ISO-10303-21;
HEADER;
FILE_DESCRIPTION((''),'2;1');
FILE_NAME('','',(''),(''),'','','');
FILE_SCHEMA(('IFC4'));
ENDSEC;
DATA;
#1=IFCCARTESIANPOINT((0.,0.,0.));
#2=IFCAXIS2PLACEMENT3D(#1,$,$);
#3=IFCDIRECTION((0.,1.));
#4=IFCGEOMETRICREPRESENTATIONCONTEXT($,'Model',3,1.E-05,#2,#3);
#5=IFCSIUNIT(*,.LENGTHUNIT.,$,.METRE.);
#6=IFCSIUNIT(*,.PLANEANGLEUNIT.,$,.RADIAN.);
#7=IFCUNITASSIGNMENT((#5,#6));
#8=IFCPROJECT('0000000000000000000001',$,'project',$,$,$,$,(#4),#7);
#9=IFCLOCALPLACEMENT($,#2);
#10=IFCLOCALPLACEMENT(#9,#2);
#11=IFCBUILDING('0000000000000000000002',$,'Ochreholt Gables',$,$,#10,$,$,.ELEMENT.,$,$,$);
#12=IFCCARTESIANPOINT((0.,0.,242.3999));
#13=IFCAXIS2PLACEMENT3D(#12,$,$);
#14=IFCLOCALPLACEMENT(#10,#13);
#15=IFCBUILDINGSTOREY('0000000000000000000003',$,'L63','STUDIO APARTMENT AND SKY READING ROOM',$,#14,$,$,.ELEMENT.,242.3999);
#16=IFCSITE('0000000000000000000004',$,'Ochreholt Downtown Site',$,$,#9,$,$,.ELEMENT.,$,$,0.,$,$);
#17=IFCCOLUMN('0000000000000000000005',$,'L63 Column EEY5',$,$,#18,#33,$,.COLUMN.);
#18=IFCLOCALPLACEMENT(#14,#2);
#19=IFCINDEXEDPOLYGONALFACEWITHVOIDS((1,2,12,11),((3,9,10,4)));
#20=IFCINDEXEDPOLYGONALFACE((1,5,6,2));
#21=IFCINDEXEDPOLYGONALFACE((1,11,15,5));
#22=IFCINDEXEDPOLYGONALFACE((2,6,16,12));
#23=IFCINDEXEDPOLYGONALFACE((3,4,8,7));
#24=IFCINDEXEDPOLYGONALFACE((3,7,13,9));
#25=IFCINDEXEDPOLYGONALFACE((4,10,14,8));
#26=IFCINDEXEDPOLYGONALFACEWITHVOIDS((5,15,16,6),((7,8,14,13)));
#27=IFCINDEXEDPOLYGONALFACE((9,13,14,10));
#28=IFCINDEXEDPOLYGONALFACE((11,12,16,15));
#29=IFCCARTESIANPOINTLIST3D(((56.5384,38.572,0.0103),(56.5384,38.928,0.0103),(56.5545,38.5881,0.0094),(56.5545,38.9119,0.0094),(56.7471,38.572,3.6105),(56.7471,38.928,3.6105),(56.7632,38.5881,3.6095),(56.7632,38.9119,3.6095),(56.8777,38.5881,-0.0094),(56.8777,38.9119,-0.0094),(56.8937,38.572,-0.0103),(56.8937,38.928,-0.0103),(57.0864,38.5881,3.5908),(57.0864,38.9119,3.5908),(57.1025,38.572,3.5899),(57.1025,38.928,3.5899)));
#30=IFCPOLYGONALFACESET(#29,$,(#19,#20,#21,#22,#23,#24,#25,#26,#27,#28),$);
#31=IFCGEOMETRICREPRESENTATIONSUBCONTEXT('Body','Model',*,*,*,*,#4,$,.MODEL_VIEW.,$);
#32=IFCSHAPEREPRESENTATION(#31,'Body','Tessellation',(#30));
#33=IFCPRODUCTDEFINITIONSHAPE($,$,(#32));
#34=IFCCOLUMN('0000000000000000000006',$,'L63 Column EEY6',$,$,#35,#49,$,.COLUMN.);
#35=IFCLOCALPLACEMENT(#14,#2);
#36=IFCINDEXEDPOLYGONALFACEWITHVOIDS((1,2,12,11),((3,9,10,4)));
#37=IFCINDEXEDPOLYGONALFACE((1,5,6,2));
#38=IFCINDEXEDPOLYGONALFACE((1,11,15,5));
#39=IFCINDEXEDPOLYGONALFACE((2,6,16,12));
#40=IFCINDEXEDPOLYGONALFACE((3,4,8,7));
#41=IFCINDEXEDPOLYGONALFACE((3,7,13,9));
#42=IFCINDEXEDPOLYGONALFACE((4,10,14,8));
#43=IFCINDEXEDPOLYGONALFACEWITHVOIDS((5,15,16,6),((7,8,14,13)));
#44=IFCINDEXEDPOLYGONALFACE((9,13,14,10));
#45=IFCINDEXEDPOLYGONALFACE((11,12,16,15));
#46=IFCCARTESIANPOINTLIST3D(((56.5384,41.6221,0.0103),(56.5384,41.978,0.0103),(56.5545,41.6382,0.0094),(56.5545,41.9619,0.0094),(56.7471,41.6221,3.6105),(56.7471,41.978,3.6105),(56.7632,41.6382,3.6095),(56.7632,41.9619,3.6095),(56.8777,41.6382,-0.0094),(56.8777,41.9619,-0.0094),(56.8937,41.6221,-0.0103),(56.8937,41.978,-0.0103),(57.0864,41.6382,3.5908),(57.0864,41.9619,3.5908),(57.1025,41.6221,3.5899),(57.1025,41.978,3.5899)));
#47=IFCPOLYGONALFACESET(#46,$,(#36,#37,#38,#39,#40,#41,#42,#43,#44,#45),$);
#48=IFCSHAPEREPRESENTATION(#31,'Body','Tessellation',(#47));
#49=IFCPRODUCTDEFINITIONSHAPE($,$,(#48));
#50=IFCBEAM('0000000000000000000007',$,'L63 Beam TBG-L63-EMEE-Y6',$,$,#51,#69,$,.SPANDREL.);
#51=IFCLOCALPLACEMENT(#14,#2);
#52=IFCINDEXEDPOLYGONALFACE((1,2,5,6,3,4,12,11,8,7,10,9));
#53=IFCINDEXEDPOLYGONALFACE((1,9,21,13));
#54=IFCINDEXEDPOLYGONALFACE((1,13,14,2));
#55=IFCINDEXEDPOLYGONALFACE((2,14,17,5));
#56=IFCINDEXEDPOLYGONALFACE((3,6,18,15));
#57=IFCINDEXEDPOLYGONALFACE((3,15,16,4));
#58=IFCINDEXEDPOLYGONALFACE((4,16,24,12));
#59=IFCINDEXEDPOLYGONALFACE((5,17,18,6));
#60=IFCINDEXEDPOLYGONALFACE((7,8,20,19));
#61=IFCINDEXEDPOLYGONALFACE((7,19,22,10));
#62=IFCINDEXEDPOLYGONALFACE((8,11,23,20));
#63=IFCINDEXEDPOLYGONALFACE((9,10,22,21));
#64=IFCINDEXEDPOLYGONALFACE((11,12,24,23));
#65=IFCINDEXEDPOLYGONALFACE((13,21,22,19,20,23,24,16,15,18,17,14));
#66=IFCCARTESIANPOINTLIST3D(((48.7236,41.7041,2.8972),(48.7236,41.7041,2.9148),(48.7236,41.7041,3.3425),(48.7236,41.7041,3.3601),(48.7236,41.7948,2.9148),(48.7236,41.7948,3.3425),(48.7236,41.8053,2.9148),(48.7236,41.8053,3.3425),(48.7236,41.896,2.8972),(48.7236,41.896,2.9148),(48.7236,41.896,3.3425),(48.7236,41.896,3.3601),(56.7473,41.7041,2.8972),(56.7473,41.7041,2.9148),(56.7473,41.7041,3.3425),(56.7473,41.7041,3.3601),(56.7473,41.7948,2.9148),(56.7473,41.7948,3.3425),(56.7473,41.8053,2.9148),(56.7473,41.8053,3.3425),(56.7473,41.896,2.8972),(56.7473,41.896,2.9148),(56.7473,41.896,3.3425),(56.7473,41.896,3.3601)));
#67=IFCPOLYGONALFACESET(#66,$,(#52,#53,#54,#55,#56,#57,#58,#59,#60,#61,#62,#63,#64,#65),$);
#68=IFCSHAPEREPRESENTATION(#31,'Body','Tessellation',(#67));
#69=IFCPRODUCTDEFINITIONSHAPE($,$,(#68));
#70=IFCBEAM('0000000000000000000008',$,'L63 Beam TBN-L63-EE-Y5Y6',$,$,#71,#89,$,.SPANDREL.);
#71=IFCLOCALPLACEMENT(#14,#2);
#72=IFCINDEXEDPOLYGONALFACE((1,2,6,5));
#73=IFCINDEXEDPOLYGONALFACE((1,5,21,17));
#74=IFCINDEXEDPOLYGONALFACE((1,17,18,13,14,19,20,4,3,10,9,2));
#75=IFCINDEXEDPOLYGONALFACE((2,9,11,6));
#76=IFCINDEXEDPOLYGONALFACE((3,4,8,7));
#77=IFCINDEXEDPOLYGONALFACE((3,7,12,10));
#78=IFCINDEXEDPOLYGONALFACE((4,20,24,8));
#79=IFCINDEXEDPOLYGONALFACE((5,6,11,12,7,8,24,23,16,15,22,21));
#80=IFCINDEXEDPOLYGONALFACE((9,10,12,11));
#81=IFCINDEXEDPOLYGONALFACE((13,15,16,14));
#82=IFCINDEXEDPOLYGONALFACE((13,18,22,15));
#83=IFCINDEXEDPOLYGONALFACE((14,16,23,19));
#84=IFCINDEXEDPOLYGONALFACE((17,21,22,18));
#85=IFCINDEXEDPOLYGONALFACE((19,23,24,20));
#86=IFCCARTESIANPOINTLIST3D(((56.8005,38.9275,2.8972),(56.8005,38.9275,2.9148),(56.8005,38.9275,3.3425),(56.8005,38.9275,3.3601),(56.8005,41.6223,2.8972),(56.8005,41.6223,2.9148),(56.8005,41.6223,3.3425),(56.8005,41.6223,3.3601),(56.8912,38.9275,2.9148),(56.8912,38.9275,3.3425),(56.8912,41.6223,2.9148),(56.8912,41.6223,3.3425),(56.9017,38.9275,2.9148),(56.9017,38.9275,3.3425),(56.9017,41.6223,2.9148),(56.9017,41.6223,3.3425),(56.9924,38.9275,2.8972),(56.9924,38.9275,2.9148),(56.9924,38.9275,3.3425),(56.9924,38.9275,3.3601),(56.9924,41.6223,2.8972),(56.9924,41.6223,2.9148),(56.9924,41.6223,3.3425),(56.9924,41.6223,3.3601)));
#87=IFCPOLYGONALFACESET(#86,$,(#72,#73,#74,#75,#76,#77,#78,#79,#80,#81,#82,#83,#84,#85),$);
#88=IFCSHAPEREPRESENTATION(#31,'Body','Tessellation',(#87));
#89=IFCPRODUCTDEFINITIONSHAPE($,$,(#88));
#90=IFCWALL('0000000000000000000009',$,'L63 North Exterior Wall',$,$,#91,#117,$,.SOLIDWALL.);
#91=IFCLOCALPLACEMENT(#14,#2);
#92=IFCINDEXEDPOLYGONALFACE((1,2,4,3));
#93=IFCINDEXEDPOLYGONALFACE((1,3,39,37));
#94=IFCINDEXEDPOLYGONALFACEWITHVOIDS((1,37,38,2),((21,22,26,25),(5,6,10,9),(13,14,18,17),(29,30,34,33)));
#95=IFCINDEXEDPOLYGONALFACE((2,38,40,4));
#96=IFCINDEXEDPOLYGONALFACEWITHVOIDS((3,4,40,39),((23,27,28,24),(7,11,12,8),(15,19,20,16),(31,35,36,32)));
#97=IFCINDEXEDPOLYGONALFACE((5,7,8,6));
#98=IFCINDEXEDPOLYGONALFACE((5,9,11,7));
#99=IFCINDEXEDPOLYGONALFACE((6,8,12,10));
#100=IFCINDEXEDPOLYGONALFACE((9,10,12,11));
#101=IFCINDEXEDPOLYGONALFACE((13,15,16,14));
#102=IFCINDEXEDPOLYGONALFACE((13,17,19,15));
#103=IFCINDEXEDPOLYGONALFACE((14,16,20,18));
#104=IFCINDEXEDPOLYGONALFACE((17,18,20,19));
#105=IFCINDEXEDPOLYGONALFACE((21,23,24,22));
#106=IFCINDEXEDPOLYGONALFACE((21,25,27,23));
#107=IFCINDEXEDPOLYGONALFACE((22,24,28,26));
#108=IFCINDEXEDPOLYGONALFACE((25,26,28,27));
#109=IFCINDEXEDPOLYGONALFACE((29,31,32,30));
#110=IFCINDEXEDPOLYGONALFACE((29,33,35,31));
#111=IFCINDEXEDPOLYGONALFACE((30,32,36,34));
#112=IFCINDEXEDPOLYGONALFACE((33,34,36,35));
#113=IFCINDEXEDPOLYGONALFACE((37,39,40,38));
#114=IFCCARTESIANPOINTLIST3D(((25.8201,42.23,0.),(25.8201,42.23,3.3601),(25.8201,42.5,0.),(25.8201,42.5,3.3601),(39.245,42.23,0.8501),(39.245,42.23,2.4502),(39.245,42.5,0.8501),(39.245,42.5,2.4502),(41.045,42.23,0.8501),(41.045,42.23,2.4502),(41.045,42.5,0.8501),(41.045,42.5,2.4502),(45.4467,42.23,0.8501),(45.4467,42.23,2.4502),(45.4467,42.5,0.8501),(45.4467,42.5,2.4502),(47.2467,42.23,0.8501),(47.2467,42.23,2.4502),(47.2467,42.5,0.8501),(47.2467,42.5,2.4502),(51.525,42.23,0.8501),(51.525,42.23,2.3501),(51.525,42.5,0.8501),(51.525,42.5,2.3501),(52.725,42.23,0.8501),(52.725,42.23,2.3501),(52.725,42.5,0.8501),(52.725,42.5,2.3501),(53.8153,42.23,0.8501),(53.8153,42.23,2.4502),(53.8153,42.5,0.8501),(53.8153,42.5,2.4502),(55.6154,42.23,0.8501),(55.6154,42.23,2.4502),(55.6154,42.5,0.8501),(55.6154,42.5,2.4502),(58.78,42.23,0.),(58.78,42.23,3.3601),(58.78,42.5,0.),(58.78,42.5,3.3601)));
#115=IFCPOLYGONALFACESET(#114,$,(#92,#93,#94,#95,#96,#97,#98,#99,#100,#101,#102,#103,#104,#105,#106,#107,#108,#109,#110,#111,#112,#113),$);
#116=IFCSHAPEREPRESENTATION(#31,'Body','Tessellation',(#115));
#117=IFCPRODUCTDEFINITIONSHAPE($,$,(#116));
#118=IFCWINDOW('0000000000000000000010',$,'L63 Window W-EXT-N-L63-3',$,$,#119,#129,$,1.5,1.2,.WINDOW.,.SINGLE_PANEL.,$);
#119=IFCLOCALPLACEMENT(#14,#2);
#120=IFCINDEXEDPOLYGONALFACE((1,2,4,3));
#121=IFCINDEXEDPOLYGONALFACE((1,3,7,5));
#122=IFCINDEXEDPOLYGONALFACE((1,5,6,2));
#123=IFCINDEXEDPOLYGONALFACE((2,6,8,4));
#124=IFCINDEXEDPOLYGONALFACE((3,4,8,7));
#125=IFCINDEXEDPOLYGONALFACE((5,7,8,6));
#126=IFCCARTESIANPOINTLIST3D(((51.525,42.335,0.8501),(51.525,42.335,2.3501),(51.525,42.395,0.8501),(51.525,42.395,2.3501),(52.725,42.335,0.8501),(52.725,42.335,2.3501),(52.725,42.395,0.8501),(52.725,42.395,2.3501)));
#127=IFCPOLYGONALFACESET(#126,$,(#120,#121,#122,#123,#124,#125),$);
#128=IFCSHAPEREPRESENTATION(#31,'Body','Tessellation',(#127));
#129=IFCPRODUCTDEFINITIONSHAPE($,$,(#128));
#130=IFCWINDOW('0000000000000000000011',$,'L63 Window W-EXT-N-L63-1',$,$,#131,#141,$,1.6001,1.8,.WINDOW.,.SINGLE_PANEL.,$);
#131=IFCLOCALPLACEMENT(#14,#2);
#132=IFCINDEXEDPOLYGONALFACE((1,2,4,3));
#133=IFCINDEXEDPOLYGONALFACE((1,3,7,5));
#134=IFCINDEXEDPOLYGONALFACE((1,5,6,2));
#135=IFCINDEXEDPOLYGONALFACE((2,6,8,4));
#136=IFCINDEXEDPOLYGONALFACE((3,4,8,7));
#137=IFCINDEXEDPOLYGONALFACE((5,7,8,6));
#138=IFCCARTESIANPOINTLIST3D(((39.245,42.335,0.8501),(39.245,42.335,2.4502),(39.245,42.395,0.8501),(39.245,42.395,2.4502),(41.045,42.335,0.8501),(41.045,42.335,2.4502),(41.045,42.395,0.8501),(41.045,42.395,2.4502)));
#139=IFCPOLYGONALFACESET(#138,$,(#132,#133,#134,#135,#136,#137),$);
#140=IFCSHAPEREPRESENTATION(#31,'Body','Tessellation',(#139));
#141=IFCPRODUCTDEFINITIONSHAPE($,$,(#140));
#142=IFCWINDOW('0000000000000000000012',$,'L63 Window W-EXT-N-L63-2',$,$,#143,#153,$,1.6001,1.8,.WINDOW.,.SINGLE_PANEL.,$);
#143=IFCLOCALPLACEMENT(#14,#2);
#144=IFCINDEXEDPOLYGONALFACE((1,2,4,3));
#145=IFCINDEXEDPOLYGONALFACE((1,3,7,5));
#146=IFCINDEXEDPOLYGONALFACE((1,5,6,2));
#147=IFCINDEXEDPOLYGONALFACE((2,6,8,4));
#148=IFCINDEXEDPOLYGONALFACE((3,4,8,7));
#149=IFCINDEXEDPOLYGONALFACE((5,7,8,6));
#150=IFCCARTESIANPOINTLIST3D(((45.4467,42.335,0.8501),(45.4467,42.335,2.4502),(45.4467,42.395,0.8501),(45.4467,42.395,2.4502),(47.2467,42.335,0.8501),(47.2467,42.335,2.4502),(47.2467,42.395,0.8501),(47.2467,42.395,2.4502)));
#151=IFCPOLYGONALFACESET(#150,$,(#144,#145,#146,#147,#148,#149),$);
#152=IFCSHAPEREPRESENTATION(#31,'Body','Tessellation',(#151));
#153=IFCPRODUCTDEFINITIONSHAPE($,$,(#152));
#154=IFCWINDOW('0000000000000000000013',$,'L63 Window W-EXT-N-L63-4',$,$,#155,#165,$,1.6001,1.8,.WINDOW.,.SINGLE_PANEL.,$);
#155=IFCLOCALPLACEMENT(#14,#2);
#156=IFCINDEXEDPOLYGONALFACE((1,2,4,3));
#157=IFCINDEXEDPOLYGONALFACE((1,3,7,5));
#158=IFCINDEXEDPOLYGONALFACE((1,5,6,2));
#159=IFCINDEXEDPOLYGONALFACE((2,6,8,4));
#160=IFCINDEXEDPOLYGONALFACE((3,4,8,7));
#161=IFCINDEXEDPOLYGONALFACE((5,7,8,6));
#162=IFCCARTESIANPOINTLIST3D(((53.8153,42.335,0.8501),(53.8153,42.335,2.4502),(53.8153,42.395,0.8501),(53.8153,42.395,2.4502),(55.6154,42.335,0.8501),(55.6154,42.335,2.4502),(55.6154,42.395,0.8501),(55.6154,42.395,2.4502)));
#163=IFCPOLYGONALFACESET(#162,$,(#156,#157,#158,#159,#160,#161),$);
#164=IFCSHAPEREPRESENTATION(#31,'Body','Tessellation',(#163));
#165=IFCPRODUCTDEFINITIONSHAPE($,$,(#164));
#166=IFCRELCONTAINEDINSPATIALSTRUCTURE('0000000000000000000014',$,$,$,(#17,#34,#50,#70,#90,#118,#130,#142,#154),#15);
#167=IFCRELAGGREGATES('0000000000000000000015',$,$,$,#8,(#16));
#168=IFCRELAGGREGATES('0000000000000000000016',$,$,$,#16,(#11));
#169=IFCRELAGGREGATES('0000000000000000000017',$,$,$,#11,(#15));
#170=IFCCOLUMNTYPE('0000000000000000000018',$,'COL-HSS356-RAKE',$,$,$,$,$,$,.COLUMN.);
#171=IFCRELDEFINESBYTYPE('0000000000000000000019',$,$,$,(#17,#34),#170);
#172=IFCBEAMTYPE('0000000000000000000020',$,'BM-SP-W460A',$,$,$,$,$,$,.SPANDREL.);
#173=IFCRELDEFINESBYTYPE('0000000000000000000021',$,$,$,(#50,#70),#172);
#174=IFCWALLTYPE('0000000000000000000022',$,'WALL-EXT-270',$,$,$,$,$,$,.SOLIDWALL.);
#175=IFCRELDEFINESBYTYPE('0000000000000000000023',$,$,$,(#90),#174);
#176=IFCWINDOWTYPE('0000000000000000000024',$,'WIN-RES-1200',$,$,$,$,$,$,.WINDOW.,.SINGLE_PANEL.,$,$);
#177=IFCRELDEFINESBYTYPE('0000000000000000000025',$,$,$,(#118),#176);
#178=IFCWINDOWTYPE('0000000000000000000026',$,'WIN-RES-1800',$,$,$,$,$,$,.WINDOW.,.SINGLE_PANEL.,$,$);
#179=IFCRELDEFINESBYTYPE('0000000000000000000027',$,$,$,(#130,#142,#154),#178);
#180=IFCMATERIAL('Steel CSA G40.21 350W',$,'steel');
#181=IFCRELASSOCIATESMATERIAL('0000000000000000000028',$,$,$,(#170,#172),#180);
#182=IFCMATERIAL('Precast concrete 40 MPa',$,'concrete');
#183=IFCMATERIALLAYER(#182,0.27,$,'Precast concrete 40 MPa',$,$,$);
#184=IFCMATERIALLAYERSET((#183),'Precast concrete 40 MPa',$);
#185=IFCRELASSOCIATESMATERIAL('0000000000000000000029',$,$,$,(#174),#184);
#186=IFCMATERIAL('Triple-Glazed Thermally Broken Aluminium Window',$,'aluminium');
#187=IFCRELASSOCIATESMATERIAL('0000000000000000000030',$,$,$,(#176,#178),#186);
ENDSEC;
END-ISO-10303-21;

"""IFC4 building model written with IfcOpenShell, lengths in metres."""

from ifc_helpers import new_model, si_unit, direction, frame, frame_2d, origin, origin_2d, place, context, subcontext, project, spatial, rectangle, hollow_rectangle, i_section, extrude, material, layer, layer_set, material_profile, profile_set, type_object, element, fill, save


model = new_model("IFC4")

# Units and contexts
model_context = context("Model", 3, precision=1e-05, world=origin(), true_north=direction((0.0, 1.0)))
body_context = subcontext(model_context, "Body", "Model", "MODEL_VIEW")
ifc_project = project(units=[si_unit("LENGTHUNIT", "METRE"), si_unit("PLANEANGLEUNIT", "RADIAN")], contexts=[model_context])

# Site, building, storey
site_placement = place(None, origin())
site = spatial("IfcSite", under=ifc_project, at=site_placement, Name="Ochreholt Downtown Site", CompositionType="ELEMENT", RefElevation=0.0)
building_placement = place(site_placement, origin())
building = spatial("IfcBuilding", under=site, at=building_placement, Name="Ochreholt Gables", CompositionType="ELEMENT")
storey_placement = place(building_placement, frame((0.0, 0.0, 242.3999)))
storey = spatial("IfcBuildingStorey", under=building, at=storey_placement, Name="L63", Description="STUDIO APARTMENT AND SKY READING ROOM", CompositionType="ELEMENT", Elevation=242.3999)

# Columns
ifc_material_1 = material(Name="Steel CSA G40.21 350W", Category="steel")
ifc_material_profile_1 = material_profile(ifc_material_1, hollow_rectangle(XDim=0.356, YDim=0.356, WallThickness=0.0161, at=origin_2d()), Name="HSS356X356X16")
ifc_profile_set_1 = profile_set([ifc_material_profile_1], Name="Steel CSA G40.21 350W")
column_type = type_object("IfcColumnType", Name="COL-HSS356-RAKE", PredefinedType="COLUMN", material=ifc_profile_set_1)
for number, where, z_axis, x_axis, name in (
    (1, (56.7161, 38.75, 0.0), (0.057885, 0.0, 0.998323), (0.0, 1.0, 0.0), "L63 Column EEY5"),
    (2, (56.7161, 41.8, 0.0), (0.057885, 0.0, 0.998323), (0.0, 1.0, 0.0), "L63 Column EEY6"),
):
    element("IfcColumn", number, at=place(storey_placement, frame(where, z_axis=z_axis, x_axis=x_axis)), inside=storey, type_object=column_type, Name=name, PredefinedType="COLUMN", context=body_context, shape_type="SweptSolid", body=[
        extrude(hollow_rectangle(XDim=0.356, YDim=0.356, WallThickness=0.0161, at=origin_2d()), origin(), (0.0, 0.0, 1.0), 3.6062),
    ])

# Beams
ifc_material_profile_2 = material_profile(ifc_material_1, i_section(OverallWidth=0.1919, OverallDepth=0.4629, WebThickness=0.0105, FlangeThickness=0.0176, at=origin_2d()), Name="W460X89")
ifc_profile_set_2 = profile_set([ifc_material_profile_2], Name="Steel CSA G40.21 350W")
beam_type = type_object("IfcBeamType", Name="BM-SP-W460A", PredefinedType="SPANDREL", material=ifc_profile_set_2)
beam_1_placement = place(storey_placement, frame((48.7236, 41.8, 3.1287), z_axis=(1.0, 0.0, 0.0), x_axis=(0.0, 1.0, 0.0)))
element("IfcBeam", 3, at=beam_1_placement, inside=storey, type_object=beam_type, Name="L63 Beam TBG-L63-EMEE-Y6", PredefinedType="SPANDREL", context=body_context, shape_type="SweptSolid", body=[
    extrude(i_section(OverallWidth=0.1919, OverallDepth=0.4629, WebThickness=0.0105, FlangeThickness=0.0176, at=origin_2d()), origin(), (0.0, 0.0, 1.0), 8.0237),
])
beam_2_placement = place(storey_placement, frame((56.8965, 38.9275, 3.1287), z_axis=(0.0, 1.0, 0.0), x_axis=(-1.0, 0.0, 0.0)))
element("IfcBeam", 4, at=beam_2_placement, inside=storey, type_object=beam_type, Name="L63 Beam TBN-L63-EE-Y5Y6", PredefinedType="SPANDREL", context=body_context, shape_type="SweptSolid", body=[
    extrude(i_section(OverallWidth=0.1919, OverallDepth=0.4629, WebThickness=0.0105, FlangeThickness=0.0176, at=origin_2d()), origin(), (0.0, 0.0, 1.0), 2.6948),
])

# Wall, openings, windows
ifc_material_2 = material(Name="Precast concrete 40 MPa", Category="concrete")
ifc_layer_1 = layer(ifc_material_2, 0.27, Name="Precast concrete 40 MPa")
ifc_layer_set_1 = layer_set([ifc_layer_1], Name="Precast concrete 40 MPa")
wall_type_1 = type_object("IfcWallType", Name="WALL-EXT-270", PredefinedType="SOLIDWALL", material=ifc_layer_set_1)
wall_1_placement = place(storey_placement, frame((58.78, 42.365, 0.0), z_axis=(0.0, 0.0, 1.0), x_axis=(-1.0, 0.0, 0.0)))
wall_1 = element("IfcWall", 5, at=wall_1_placement, inside=storey, type_object=wall_type_1, Name="L63 North Exterior Wall", PredefinedType="SOLIDWALL", context=body_context, shape_type="SweptSolid", body=[
    extrude(rectangle(XDim=32.96, YDim=0.27, at=frame_2d((16.48, 0.0))), origin(), (0.0, 0.0, 1.0), 3.3601),
])
opening_1_placement = place(wall_1_placement, frame((17.7351, 0.0, 0.8501)))
opening_1 = element("IfcOpeningElement", 6, at=opening_1_placement, cuts=wall_1, PredefinedType="OPENING", context=body_context, shape_type="SweptSolid", body=[
    extrude(rectangle(XDim=1.8, YDim=1.6001, at=frame_2d((0.8999, 0.8))), frame((0.0, 0.145, 0.0), z_axis=(0.0, -1.0, 0.0), x_axis=(1.0, 0.0, 0.0)), (0.0, 0.0, 1.0), 0.29),
])
opening_2_placement = place(wall_1_placement, frame((11.5334, 0.0, 0.8501)))
opening_2 = element("IfcOpeningElement", 7, at=opening_2_placement, cuts=wall_1, PredefinedType="OPENING", context=body_context, shape_type="SweptSolid", body=[
    extrude(rectangle(XDim=1.8, YDim=1.6001, at=frame_2d((0.8999, 0.8))), frame((0.0, 0.145, 0.0), z_axis=(0.0, -1.0, 0.0), x_axis=(1.0, 0.0, 0.0)), (0.0, 0.0, 1.0), 0.29),
])
opening_3_placement = place(wall_1_placement, frame((6.0549, 0.0, 0.8501)))
opening_3 = element("IfcOpeningElement", 8, at=opening_3_placement, cuts=wall_1, PredefinedType="OPENING", context=body_context, shape_type="SweptSolid", body=[
    extrude(rectangle(XDim=1.2, YDim=1.5, at=frame_2d((0.6001, 0.75))), frame((0.0, 0.145, 0.0), z_axis=(0.0, -1.0, 0.0), x_axis=(1.0, 0.0, 0.0)), (0.0, 0.0, 1.0), 0.29),
])
opening_4_placement = place(wall_1_placement, frame((3.1648, 0.0, 0.8501)))
opening_4 = element("IfcOpeningElement", 9, at=opening_4_placement, cuts=wall_1, PredefinedType="OPENING", context=body_context, shape_type="SweptSolid", body=[
    extrude(rectangle(XDim=1.8, YDim=1.6001, at=frame_2d((0.8999, 0.8))), frame((0.0, 0.145, 0.0), z_axis=(0.0, -1.0, 0.0), x_axis=(1.0, 0.0, 0.0)), (0.0, 0.0, 1.0), 0.29),
])
ifc_material_3 = material(Name="Triple-Glazed Thermally Broken Aluminium Window", Category="aluminium")
window_type_1 = type_object("IfcWindowType", Name="WIN-RES-1200", PartitioningType="SINGLE_PANEL", PredefinedType="WINDOW", material=ifc_material_3)
window_1_placement = place(opening_3_placement, origin())
window_1 = element("IfcWindow", 10, at=window_1_placement, inside=storey, type_object=window_type_1, Name="L63 Window W-EXT-N-L63-3", OverallHeight=1.5, OverallWidth=1.2, PartitioningType="SINGLE_PANEL", PredefinedType="WINDOW", context=body_context, shape_type="SweptSolid", body=[
    extrude(rectangle(XDim=1.2, YDim=1.5, at=frame_2d((0.6001, 0.75))), frame((0.0, 0.03, 0.0), z_axis=(0.0, -1.0, 0.0), x_axis=(1.0, 0.0, 0.0)), (0.0, 0.0, 1.0), 0.0601),
])
fill(opening_3, window_1)
window_type_2 = type_object("IfcWindowType", Name="WIN-RES-1800", PartitioningType="SINGLE_PANEL", PredefinedType="WINDOW", material=ifc_material_3)
window_2_placement = place(opening_1_placement, origin())
window_2 = element("IfcWindow", 11, at=window_2_placement, inside=storey, type_object=window_type_2, Name="L63 Window W-EXT-N-L63-1", OverallHeight=1.6001, OverallWidth=1.8, PartitioningType="SINGLE_PANEL", PredefinedType="WINDOW", context=body_context, shape_type="SweptSolid", body=[
    extrude(rectangle(XDim=1.8, YDim=1.6001, at=frame_2d((0.8999, 0.8))), frame((0.0, 0.03, 0.0), z_axis=(0.0, -1.0, 0.0), x_axis=(1.0, 0.0, 0.0)), (0.0, 0.0, 1.0), 0.0601),
])
fill(opening_1, window_2)
window_3_placement = place(opening_2_placement, origin())
window_3 = element("IfcWindow", 12, at=window_3_placement, inside=storey, type_object=window_type_2, Name="L63 Window W-EXT-N-L63-2", OverallHeight=1.6001, OverallWidth=1.8, PartitioningType="SINGLE_PANEL", PredefinedType="WINDOW", context=body_context, shape_type="SweptSolid", body=[
    extrude(rectangle(XDim=1.8, YDim=1.6001, at=frame_2d((0.8999, 0.8))), frame((0.0, 0.03, 0.0), z_axis=(0.0, -1.0, 0.0), x_axis=(1.0, 0.0, 0.0)), (0.0, 0.0, 1.0), 0.0601),
])
fill(opening_2, window_3)
window_4_placement = place(opening_4_placement, origin())
window_4 = element("IfcWindow", 13, at=window_4_placement, inside=storey, type_object=window_type_2, Name="L63 Window W-EXT-N-L63-4", OverallHeight=1.6001, OverallWidth=1.8, PartitioningType="SINGLE_PANEL", PredefinedType="WINDOW", context=body_context, shape_type="SweptSolid", body=[
    extrude(rectangle(XDim=1.8, YDim=1.6001, at=frame_2d((0.8999, 0.8))), frame((0.0, 0.03, 0.0), z_axis=(0.0, -1.0, 0.0), x_axis=(1.0, 0.0, 0.0)), (0.0, 0.0, 1.0), 0.0601),
])
fill(opening_4, window_4)

save(model, "model.ifc")
